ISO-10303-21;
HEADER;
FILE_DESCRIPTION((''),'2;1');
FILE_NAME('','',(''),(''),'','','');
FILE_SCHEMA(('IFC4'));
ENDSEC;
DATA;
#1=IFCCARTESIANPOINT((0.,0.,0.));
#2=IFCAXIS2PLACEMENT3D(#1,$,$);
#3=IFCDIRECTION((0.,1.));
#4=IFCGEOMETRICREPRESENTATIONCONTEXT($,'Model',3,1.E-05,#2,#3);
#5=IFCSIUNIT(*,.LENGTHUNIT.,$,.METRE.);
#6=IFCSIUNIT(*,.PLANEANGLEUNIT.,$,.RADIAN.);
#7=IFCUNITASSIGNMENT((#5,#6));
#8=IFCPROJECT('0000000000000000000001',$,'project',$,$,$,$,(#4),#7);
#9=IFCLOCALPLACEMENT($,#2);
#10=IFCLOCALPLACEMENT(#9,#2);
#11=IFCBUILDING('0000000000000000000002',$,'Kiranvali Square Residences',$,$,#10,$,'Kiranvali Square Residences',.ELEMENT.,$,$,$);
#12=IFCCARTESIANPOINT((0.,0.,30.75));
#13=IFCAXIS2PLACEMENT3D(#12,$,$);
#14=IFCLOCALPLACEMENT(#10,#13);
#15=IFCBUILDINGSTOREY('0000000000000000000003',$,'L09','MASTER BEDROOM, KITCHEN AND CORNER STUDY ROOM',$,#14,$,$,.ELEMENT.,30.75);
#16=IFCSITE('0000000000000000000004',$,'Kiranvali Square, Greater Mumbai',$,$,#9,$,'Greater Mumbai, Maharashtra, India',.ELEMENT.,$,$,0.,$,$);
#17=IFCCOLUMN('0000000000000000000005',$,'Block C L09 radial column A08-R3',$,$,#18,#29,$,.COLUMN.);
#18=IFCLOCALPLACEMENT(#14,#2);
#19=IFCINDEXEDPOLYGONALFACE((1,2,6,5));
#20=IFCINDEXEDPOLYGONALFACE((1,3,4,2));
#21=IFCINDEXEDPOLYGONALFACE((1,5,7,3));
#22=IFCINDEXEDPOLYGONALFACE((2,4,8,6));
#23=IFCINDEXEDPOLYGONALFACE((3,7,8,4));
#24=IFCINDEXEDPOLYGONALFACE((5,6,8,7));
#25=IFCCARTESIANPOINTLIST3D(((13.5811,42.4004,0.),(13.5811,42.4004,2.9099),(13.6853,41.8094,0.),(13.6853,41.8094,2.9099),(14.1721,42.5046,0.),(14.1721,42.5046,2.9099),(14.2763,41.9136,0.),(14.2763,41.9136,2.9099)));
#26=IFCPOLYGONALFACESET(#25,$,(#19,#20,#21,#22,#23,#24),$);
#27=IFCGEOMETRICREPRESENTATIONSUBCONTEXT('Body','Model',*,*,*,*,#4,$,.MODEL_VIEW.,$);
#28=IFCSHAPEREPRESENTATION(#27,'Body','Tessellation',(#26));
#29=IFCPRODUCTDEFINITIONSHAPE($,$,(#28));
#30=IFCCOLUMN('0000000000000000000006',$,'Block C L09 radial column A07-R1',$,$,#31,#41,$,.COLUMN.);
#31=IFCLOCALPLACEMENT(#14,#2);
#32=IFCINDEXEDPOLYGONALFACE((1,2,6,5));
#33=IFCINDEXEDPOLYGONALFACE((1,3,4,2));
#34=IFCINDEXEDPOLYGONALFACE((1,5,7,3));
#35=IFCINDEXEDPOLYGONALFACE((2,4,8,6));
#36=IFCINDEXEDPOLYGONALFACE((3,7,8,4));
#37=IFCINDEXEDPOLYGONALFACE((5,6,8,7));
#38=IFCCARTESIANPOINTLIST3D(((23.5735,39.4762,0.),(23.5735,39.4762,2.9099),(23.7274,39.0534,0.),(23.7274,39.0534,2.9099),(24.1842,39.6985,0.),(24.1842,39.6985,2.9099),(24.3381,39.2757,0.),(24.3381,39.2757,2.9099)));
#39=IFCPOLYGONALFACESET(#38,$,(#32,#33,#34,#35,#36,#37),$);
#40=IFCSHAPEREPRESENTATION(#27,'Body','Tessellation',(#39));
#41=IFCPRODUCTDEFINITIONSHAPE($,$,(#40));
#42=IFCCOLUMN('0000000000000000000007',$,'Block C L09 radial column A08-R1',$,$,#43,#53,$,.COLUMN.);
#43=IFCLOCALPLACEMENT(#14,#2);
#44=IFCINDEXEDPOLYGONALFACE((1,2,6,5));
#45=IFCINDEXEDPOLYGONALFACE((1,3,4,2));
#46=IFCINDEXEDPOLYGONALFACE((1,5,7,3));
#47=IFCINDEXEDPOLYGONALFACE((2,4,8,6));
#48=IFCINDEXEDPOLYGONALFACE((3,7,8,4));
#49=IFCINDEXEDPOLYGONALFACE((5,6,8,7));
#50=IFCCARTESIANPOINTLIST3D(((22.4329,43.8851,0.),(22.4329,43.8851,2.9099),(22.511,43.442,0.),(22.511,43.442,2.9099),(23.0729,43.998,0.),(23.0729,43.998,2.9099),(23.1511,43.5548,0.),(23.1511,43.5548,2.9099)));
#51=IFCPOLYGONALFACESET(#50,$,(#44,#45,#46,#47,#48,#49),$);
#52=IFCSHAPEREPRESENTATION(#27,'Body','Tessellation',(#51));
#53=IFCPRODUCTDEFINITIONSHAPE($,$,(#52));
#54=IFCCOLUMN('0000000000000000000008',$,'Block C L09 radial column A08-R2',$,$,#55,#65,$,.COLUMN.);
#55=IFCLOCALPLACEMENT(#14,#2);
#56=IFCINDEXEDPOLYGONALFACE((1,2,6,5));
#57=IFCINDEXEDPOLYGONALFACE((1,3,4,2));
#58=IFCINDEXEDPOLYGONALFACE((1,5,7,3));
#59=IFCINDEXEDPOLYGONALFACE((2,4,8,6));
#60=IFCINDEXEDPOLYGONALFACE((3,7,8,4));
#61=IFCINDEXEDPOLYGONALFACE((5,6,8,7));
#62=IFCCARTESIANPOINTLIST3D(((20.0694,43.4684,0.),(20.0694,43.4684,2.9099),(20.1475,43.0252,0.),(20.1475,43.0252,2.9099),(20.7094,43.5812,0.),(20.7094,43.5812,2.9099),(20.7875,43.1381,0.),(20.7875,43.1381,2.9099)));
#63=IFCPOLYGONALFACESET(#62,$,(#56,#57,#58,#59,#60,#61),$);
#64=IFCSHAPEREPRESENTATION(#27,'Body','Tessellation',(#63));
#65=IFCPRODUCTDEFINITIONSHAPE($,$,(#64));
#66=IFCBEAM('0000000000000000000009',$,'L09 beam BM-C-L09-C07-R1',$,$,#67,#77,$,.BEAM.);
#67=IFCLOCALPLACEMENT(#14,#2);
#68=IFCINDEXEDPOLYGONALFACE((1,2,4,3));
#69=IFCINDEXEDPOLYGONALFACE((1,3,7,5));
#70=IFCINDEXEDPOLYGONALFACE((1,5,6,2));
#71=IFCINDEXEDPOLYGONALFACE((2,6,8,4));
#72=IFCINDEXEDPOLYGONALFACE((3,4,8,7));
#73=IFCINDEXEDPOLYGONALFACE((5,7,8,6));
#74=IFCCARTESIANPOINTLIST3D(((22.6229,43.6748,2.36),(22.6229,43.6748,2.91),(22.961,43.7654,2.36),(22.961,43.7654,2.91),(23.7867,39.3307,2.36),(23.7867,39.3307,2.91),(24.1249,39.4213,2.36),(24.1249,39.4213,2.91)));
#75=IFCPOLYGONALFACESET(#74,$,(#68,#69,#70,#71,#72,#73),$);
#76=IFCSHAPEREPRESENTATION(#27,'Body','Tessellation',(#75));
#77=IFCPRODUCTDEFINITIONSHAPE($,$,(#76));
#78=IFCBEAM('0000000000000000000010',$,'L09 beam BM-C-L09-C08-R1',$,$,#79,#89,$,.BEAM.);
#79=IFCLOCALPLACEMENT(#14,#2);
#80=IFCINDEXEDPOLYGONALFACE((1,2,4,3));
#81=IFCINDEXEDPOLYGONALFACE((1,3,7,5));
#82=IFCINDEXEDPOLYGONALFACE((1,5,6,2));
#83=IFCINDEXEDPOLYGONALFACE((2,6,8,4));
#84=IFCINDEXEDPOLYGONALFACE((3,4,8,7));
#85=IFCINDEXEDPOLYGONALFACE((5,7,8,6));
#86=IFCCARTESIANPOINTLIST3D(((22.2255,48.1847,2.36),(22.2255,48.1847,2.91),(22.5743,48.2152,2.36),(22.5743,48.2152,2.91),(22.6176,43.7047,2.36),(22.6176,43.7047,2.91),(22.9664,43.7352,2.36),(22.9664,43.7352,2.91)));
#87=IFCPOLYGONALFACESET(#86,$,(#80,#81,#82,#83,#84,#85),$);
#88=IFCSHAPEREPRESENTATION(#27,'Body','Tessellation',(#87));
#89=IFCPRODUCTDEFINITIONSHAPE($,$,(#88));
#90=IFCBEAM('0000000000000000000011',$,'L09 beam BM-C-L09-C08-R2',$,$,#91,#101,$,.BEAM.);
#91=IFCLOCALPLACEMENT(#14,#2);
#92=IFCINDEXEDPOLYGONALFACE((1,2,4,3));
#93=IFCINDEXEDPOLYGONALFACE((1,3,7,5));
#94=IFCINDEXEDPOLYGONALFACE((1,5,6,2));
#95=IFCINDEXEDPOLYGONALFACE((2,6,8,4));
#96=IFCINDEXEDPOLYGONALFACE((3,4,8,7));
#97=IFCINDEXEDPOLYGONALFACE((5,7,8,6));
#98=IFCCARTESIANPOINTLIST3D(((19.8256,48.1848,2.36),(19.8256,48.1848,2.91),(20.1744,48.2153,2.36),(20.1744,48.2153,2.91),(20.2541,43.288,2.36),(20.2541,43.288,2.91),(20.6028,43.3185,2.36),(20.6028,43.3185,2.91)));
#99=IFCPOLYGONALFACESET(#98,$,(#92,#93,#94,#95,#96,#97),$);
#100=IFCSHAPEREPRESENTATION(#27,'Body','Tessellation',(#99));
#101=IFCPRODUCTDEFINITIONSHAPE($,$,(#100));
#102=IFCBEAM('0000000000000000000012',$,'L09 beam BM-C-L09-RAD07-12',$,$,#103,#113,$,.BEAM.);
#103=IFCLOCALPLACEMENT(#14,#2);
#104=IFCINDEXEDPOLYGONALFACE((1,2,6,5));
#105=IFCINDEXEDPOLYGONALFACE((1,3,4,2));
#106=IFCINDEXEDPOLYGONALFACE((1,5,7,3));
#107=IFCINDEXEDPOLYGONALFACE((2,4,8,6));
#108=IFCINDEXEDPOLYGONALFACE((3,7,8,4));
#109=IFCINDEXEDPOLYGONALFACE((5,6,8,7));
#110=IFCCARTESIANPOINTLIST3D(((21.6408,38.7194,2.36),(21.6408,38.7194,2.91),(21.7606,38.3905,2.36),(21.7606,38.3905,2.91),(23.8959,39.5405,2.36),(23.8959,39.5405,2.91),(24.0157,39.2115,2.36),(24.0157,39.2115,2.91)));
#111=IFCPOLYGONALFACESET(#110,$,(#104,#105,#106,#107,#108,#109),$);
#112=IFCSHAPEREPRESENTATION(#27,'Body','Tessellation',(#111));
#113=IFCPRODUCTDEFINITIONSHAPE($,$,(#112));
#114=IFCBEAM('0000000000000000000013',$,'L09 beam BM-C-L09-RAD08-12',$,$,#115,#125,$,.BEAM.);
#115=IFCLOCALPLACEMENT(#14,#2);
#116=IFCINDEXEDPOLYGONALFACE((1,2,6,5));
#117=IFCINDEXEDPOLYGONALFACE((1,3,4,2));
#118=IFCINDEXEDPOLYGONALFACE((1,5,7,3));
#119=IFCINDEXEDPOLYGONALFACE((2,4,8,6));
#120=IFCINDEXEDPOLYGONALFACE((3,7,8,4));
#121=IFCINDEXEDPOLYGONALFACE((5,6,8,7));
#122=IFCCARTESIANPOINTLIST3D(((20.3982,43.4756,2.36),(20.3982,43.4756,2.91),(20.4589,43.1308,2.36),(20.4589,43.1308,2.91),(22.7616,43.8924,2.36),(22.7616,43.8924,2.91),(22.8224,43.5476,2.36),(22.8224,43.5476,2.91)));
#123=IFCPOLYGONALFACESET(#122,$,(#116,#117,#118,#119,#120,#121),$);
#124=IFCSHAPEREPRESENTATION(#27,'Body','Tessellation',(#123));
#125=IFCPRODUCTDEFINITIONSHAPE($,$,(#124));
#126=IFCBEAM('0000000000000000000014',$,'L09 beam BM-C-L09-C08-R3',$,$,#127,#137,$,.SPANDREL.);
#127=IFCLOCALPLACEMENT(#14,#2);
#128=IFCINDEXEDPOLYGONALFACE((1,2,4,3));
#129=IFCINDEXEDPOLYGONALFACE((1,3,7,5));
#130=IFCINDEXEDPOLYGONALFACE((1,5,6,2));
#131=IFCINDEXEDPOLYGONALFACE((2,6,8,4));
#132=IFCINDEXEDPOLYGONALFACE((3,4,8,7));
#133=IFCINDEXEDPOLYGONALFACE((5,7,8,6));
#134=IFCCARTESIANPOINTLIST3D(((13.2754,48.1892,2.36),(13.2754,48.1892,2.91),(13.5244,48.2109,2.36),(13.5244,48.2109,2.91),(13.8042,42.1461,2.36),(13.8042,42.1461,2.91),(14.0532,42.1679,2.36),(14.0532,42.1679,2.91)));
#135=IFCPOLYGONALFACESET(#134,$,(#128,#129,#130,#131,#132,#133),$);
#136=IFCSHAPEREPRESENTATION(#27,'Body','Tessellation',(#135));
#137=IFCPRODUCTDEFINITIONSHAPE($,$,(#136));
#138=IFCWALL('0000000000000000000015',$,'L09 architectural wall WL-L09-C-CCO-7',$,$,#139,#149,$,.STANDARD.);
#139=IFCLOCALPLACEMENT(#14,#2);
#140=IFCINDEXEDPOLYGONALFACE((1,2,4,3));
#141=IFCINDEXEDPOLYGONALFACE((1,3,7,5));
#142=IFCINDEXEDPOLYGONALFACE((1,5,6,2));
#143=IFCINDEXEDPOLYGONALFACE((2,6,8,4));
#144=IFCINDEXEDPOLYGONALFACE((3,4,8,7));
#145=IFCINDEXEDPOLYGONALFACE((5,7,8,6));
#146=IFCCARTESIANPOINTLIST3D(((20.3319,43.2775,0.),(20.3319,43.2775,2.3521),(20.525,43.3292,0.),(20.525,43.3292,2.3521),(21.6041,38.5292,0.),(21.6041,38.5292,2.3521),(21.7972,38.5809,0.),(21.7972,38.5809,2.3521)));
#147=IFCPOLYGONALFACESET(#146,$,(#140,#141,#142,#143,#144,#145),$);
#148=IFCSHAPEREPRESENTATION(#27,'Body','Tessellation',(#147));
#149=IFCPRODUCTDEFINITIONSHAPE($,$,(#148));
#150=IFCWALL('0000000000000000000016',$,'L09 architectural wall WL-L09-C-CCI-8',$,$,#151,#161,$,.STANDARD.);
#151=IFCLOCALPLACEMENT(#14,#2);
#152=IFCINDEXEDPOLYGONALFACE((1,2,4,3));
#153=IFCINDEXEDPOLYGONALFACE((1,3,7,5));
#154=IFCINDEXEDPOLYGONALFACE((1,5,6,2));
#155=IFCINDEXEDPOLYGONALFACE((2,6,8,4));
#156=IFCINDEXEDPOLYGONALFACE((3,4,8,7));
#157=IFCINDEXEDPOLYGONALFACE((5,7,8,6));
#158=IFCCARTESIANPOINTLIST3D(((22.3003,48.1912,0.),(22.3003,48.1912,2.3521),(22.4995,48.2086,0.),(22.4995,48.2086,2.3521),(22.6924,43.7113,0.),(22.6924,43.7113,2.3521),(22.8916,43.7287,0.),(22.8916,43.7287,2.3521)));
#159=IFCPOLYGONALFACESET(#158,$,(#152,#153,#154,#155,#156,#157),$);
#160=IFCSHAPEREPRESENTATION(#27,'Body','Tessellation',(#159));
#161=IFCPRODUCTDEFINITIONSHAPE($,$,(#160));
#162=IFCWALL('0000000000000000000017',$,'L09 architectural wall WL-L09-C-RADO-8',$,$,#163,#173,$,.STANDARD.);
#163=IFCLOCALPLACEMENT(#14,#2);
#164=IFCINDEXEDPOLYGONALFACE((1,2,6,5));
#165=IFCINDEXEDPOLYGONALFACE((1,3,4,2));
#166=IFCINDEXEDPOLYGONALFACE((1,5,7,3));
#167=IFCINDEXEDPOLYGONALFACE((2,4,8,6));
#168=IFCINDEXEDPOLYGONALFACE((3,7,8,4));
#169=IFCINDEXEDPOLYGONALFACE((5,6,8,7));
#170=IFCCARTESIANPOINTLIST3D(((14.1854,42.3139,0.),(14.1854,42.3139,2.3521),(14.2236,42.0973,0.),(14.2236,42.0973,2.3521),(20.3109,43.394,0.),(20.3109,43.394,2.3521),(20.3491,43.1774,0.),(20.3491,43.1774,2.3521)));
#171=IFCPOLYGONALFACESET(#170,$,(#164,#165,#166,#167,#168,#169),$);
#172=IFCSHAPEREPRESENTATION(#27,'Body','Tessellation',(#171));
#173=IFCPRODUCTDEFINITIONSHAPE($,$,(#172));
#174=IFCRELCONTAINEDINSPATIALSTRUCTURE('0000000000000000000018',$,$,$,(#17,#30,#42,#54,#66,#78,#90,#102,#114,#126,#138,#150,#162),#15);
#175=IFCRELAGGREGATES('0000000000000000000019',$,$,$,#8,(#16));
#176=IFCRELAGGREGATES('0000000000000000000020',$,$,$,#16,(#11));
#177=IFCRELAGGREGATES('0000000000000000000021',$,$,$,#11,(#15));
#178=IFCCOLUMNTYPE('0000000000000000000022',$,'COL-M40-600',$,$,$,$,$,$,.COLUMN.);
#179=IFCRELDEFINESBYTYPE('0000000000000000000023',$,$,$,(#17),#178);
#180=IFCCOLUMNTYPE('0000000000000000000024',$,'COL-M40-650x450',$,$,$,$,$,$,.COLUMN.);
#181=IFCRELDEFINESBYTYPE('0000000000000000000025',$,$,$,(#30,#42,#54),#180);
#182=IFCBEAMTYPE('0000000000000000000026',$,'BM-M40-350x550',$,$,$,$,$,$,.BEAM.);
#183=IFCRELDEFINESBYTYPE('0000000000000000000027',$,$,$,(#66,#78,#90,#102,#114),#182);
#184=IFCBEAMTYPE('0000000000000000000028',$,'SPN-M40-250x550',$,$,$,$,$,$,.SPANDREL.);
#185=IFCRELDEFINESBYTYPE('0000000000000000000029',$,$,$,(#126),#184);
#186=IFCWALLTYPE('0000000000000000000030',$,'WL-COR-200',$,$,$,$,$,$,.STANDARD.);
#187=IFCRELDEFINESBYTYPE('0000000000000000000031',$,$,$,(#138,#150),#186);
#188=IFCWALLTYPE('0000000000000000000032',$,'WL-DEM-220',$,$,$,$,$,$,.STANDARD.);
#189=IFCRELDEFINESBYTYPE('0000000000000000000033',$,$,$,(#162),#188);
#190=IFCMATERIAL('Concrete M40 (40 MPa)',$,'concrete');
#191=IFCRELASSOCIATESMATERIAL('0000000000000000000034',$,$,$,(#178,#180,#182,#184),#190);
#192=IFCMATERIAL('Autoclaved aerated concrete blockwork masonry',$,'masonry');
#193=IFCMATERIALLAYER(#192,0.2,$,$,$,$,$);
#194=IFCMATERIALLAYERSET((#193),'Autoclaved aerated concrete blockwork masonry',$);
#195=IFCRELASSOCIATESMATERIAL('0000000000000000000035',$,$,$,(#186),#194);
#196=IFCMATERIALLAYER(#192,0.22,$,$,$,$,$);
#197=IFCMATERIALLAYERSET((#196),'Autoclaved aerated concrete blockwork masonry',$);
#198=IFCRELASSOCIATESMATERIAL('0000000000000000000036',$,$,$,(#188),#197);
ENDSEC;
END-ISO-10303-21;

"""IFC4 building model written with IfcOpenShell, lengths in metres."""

from ifc_helpers import new_model, si_unit, direction, frame, frame_2d, origin, origin_2d, place, context, subcontext, project, spatial, rectangle, extrude, material, layer, layer_set, material_profile, profile_set, type_object, element, save


model = new_model("IFC4")

# Units and contexts
model_context = context("Model", 3, precision=1e-05, world=origin(), true_north=direction((0.0, 1.0)))
body_context = subcontext(model_context, "Body", "Model", "MODEL_VIEW")
ifc_project = project(units=[si_unit("LENGTHUNIT", "METRE"), si_unit("PLANEANGLEUNIT", "RADIAN")], contexts=[model_context])

# Site, building, storey
site_placement = place(None, origin())
site = spatial("IfcSite", under=ifc_project, at=site_placement, Name="Kiranvali Square, Greater Mumbai", LongName="Greater Mumbai, Maharashtra, India", CompositionType="ELEMENT", RefElevation=0.0)
building_placement = place(site_placement, origin())
building = spatial("IfcBuilding", under=site, at=building_placement, Name="Kiranvali Square Residences", LongName="Kiranvali Square Residences", CompositionType="ELEMENT")
storey_placement = place(building_placement, frame((0.0, 0.0, 30.75)))
storey = spatial("IfcBuildingStorey", under=building, at=storey_placement, Name="L09", Description="MASTER BEDROOM, KITCHEN AND CORNER STUDY ROOM", CompositionType="ELEMENT", Elevation=30.75)

# Columns
ifc_material_1 = material(Name="Concrete M40 (40 MPa)", Category="concrete")
ifc_material_profile_1 = material_profile(ifc_material_1, rectangle(XDim=0.6001, YDim=0.6001, at=origin_2d()), Name="RC 600x600")
ifc_profile_set_1 = profile_set([ifc_material_profile_1], Name="Concrete M40 (40 MPa)")
column_type_1 = type_object("IfcColumnType", Name="COL-M40-600", PredefinedType="COLUMN", material=ifc_profile_set_1)
column_placement = place(storey_placement, frame((13.9287, 42.157, 0.0), z_axis=(0.0, 0.0, 1.0), x_axis=(-0.173648, 0.984808, 0.0)))
element("IfcColumn", 1, at=column_placement, inside=storey, type_object=column_type_1, Name="Block C L09 radial column A08-R3", PredefinedType="COLUMN", context=body_context, shape_type="SweptSolid", body=[
    extrude(rectangle(XDim=0.6001, YDim=0.6001, at=origin_2d()), origin(), (0.0, 0.0, 1.0), 2.9099),
])
ifc_material_profile_2 = material_profile(ifc_material_1, rectangle(XDim=0.45, YDim=0.6499, at=origin_2d()), Name="RC 650x450")
ifc_profile_set_2 = profile_set([ifc_material_profile_2], Name="Concrete M40 (40 MPa)")
column_type_2 = type_object("IfcColumnType", Name="COL-M40-650x450", PredefinedType="COLUMN", material=ifc_profile_set_2)
for number, where, z_axis, x_axis, name in (
    (2, (23.9558, 39.376, 0.0), (0.0, 0.0, 1.0), (-0.34202, 0.939693, 0.0), "Block C L09 radial column A07-R1"),
    (3, (22.792, 43.72, 0.0), (0.0, 0.0, 1.0), (-0.173648, 0.984808, 0.0), "Block C L09 radial column A08-R1"),
    (4, (20.4285, 43.3032, 0.0), (0.0, 0.0, 1.0), (-0.173648, 0.984808, 0.0), "Block C L09 radial column A08-R2"),
):
    element("IfcColumn", number, at=place(storey_placement, frame(where, z_axis=z_axis, x_axis=x_axis)), inside=storey, type_object=column_type_2, Name=name, PredefinedType="COLUMN", context=body_context, shape_type="SweptSolid", body=[
        extrude(rectangle(XDim=0.45, YDim=0.6499, at=origin_2d()), origin(), (0.0, 0.0, 1.0), 2.9099),
    ])

# Beams
ifc_material_profile_3 = material_profile(ifc_material_1, rectangle(XDim=0.3501, YDim=0.55, at=origin_2d()), Name="RC 350x550")
ifc_profile_set_3 = profile_set([ifc_material_profile_3], Name="Concrete M40 (40 MPa)")
beam_type_1 = type_object("IfcBeamType", Name="BM-M40-350x550", PredefinedType="BEAM", material=ifc_profile_set_3)
beam_1_placement = place(storey_placement, frame((23.9558, 39.376, 2.635), z_axis=(-0.258788, 0.965934, 0.0), x_axis=(-0.965934, -0.258788, 0.0)))
element("IfcBeam", 5, at=beam_1_placement, inside=storey, type_object=beam_type_1, Name="L09 beam BM-C-L09-C07-R1", PredefinedType="BEAM", context=body_context, shape_type="SweptSolid", body=[
    extrude(rectangle(XDim=0.3501, YDim=0.55, at=origin_2d()), origin(), (0.0, 0.0, 1.0), 4.4973),
])
beam_2_placement = place(storey_placement, frame((22.792, 43.72, 2.635), z_axis=(-0.087187, 0.996192, 0.0), x_axis=(-0.996192, -0.087187, 0.0)))
element("IfcBeam", 6, at=beam_2_placement, inside=storey, type_object=beam_type_1, Name="L09 beam BM-C-L09-C08-R1", PredefinedType="BEAM", context=body_context, shape_type="SweptSolid", body=[
    extrude(rectangle(XDim=0.3501, YDim=0.55, at=origin_2d()), origin(), (0.0, 0.0, 1.0), 4.4971),
])
beam_3_placement = place(storey_placement, frame((20.4285, 43.3032, 2.635), z_axis=(-0.087168, 0.996194, 0.0), x_axis=(-0.996194, -0.087168, 0.0)))
element("IfcBeam", 7, at=beam_3_placement, inside=storey, type_object=beam_type_1, Name="L09 beam BM-C-L09-C08-R2", PredefinedType="BEAM", context=body_context, shape_type="SweptSolid", body=[
    extrude(rectangle(XDim=0.3501, YDim=0.55, at=origin_2d()), origin(), (0.0, 0.0, 1.0), 4.9155),
])
for number, where, z_axis, x_axis, name in (
    (8, (23.9558, 39.376, 2.635), (-0.93966, -0.342111, 0.0), (0.342111, -0.93966, 0.0), "L09 beam BM-C-L09-RAD07-12"),
    (9, (22.792, 43.72, 2.635), (-0.984808, -0.173646, 0.0), (0.173646, -0.984808, 0.0), "L09 beam BM-C-L09-RAD08-12"),
):
    element("IfcBeam", number, at=place(storey_placement, frame(where, z_axis=z_axis, x_axis=x_axis)), inside=storey, type_object=beam_type_1, Name=name, PredefinedType="BEAM", context=body_context, shape_type="SweptSolid", body=[
        extrude(rectangle(XDim=0.3501, YDim=0.55, at=origin_2d()), origin(), (0.0, 0.0, 1.0), 2.3999),
    ])
ifc_material_profile_4 = material_profile(ifc_material_1, rectangle(XDim=0.25, YDim=0.55, at=origin_2d()), Name="RC 250x550")
ifc_profile_set_4 = profile_set([ifc_material_profile_4], Name="Concrete M40 (40 MPa)")
beam_type_2 = type_object("IfcBeamType", Name="SPN-M40-250x550", PredefinedType="SPANDREL", material=ifc_profile_set_4)
beam_4_placement = place(storey_placement, frame((13.9287, 42.157, 2.635), z_axis=(-0.087175, 0.996193, 0.0), x_axis=(-0.996193, -0.087175, 0.0)))
element("IfcBeam", 10, at=beam_4_placement, inside=storey, type_object=beam_type_2, Name="L09 beam BM-C-L09-C08-R3", PredefinedType="SPANDREL", context=body_context, shape_type="SweptSolid", body=[
    extrude(rectangle(XDim=0.25, YDim=0.55, at=origin_2d()), origin(), (0.0, 0.0, 1.0), 6.0662),
])

# Shared definitions
ifc_material_2 = material(Name="Autoclaved aerated concrete blockwork masonry", Category="masonry")
ifc_layer_1 = layer(ifc_material_2, 0.2)
ifc_layer_set_1 = layer_set([ifc_layer_1], Name="Autoclaved aerated concrete blockwork masonry")
wall_type_1 = type_object("IfcWallType", Name="WL-COR-200", PredefinedType="STANDARD", material=ifc_layer_set_1)

# Walls
wall_1_placement = place(storey_placement, frame((21.7007, 38.5549, 0.0), z_axis=(0.0, 0.0, 1.0), x_axis=(-0.258803, 0.96593, 0.0)))
element("IfcWall", 11, at=wall_1_placement, inside=storey, type_object=wall_type_1, Name="L09 architectural wall WL-L09-C-CCO-7", PredefinedType="STANDARD", context=body_context, shape_type="SweptSolid", body=[
    extrude(rectangle(XDim=4.9158, YDim=0.2, at=frame_2d((2.458, 0.0))), origin(), (0.0, 0.0, 1.0), 2.3521),
])
wall_2_placement = place(storey_placement, frame((22.792, 43.72, 0.0), z_axis=(0.0, 0.0, 1.0), x_axis=(-0.087187, 0.996192, 0.0)))
element("IfcWall", 12, at=wall_2_placement, inside=storey, type_object=wall_type_1, Name="L09 architectural wall WL-L09-C-CCI-8", PredefinedType="STANDARD", context=body_context, shape_type="SweptSolid", body=[
    extrude(rectangle(XDim=4.4971, YDim=0.2, at=frame_2d((2.2485, 0.0))), origin(), (0.0, 0.0, 1.0), 2.3521),
])

# Wall
ifc_layer_2 = layer(ifc_material_2, 0.22)
ifc_layer_set_2 = layer_set([ifc_layer_2], Name="Autoclaved aerated concrete blockwork masonry")
wall_type_2 = type_object("IfcWallType", Name="WL-DEM-220", PredefinedType="STANDARD", material=ifc_layer_set_2)
wall_3_placement = place(storey_placement, frame((20.3298, 43.2856, 0.0), z_axis=(0.0, 0.0, 1.0), x_axis=(-0.984808, -0.173647, 0.0)))
element("IfcWall", 13, at=wall_3_placement, inside=storey, type_object=wall_type_2, Name="L09 architectural wall WL-L09-C-RADO-8", PredefinedType="STANDARD", context=body_context, shape_type="SweptSolid", body=[
    extrude(rectangle(XDim=6.22, YDim=0.22, at=frame_2d((3.1099, 0.0))), origin(), (0.0, 0.0, 1.0), 2.3521),
])

save(model, "model.ifc")
